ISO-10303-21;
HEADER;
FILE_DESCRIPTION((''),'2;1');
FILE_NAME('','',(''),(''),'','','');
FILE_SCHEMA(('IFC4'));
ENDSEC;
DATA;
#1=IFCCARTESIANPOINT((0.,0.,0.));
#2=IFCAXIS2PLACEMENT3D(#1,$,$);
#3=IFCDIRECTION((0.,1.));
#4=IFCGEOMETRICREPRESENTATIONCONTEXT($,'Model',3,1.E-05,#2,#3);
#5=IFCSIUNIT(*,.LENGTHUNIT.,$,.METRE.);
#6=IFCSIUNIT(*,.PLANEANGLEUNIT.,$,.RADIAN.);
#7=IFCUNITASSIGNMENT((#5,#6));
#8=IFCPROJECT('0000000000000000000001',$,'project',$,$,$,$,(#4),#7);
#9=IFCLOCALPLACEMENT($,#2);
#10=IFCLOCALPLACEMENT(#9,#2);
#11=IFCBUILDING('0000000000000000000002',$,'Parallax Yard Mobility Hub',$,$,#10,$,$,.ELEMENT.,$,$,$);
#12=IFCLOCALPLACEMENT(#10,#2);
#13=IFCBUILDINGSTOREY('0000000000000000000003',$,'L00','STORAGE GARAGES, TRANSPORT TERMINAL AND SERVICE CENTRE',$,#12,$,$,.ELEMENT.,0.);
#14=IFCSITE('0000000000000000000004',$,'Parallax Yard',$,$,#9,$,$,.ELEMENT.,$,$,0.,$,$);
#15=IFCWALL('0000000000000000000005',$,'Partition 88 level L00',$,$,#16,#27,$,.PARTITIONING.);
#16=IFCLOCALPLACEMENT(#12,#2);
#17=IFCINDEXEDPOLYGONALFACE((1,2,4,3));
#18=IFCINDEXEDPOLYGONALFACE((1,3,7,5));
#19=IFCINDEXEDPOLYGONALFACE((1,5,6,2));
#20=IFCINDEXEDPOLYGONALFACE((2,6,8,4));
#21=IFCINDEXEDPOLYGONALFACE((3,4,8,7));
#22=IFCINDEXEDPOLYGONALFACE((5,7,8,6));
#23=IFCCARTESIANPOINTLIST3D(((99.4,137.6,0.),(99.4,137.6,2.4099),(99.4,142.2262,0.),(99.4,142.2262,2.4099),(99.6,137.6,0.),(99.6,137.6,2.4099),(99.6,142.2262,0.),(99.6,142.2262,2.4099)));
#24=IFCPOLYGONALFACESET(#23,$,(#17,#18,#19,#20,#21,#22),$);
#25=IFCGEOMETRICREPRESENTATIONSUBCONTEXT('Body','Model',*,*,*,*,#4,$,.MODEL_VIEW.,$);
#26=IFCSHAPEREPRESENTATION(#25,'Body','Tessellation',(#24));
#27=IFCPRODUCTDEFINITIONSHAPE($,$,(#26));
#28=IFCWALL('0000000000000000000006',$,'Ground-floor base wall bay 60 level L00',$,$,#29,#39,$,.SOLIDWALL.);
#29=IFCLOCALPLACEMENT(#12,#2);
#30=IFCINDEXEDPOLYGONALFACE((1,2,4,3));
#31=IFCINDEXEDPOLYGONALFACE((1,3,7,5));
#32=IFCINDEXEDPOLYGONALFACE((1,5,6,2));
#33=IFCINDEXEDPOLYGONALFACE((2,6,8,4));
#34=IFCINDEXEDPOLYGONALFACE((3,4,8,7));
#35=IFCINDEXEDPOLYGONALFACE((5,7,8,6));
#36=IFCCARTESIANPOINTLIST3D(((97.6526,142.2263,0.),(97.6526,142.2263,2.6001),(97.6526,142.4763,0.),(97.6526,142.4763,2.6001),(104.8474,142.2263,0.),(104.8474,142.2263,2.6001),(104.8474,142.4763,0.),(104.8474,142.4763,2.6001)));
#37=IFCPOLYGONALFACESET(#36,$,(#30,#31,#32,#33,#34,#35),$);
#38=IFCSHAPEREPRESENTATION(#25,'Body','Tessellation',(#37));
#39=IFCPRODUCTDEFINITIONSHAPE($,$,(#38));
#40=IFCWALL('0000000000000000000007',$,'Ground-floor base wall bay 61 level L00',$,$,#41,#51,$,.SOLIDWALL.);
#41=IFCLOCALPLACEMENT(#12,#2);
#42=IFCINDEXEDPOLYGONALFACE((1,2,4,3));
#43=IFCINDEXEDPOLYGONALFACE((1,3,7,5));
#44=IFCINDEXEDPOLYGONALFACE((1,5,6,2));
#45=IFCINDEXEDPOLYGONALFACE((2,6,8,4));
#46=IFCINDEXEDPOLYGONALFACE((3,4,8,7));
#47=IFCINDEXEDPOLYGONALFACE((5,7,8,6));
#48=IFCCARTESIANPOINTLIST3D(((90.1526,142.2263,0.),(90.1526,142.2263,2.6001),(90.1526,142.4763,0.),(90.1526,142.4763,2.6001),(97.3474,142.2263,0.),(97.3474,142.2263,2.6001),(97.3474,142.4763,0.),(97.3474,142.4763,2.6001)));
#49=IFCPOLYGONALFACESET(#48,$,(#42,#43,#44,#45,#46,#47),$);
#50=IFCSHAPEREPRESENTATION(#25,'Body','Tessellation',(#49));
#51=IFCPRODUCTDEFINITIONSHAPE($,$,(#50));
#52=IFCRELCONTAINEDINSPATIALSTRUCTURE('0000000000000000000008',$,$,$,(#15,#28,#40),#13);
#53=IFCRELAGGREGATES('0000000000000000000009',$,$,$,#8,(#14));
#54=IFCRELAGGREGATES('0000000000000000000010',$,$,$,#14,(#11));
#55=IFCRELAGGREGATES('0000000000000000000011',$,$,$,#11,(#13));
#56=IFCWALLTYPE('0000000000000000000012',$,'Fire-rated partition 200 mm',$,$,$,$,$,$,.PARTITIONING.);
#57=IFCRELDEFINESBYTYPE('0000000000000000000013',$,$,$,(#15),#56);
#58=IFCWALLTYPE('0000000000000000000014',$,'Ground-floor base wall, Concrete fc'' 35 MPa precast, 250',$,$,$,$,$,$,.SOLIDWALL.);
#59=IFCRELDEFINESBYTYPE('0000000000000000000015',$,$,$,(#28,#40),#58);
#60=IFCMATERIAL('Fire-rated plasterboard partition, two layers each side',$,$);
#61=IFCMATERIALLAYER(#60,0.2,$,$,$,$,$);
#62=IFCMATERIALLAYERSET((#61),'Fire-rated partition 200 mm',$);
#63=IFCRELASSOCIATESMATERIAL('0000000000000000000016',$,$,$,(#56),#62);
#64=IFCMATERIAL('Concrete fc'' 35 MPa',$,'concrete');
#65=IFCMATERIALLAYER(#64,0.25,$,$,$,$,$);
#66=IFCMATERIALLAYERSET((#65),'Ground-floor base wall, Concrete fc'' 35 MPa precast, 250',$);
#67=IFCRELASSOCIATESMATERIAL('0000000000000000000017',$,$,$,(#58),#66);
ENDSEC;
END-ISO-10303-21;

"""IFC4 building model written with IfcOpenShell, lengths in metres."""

from ifc_helpers import new_model, si_unit, direction, frame, frame_2d, origin, place, context, subcontext, project, spatial, rectangle, extrude, material, layer, layer_set, type_object, element, save


model = new_model("IFC4")

# Units and contexts
model_context = context("Model", 3, precision=1e-05, world=origin(), true_north=direction((0.0, 1.0)))
body_context = subcontext(model_context, "Body", "Model", "MODEL_VIEW")
ifc_project = project(units=[si_unit("LENGTHUNIT", "METRE"), si_unit("PLANEANGLEUNIT", "RADIAN")], contexts=[model_context])

# Site, building, storey
site_placement = place(None, origin())
site = spatial("IfcSite", under=ifc_project, at=site_placement, Name="Parallax Yard", CompositionType="ELEMENT", RefElevation=0.0)
building_placement = place(site_placement, origin())
building = spatial("IfcBuilding", under=site, at=building_placement, Name="Parallax Yard Mobility Hub", CompositionType="ELEMENT")
storey_placement = place(building_placement, origin())
storey = spatial("IfcBuildingStorey", under=building, at=storey_placement, Name="L00", Description="STORAGE GARAGES, TRANSPORT TERMINAL AND SERVICE CENTRE", CompositionType="ELEMENT", Elevation=0.0)

# Walls
ifc_material_1 = material(Name="Fire-rated plasterboard partition, two layers each side")
ifc_layer_1 = layer(ifc_material_1, 0.2)
ifc_layer_set_1 = layer_set([ifc_layer_1], Name="Fire-rated partition 200 mm")
wall_type_1 = type_object("IfcWallType", Name="Fire-rated partition 200 mm", PredefinedType="PARTITIONING", material=ifc_layer_set_1)
wall_placement = place(storey_placement, frame((99.5, 137.6001, 0.0), z_axis=(0.0, 0.0, 1.0), x_axis=(0.0, 1.0, 0.0)))
element("IfcWall", 1, at=wall_placement, inside=storey, type_object=wall_type_1, Name="Partition 88 level L00", PredefinedType="PARTITIONING", context=body_context, shape_type="SweptSolid", body=[
    extrude(rectangle(XDim=4.6262, YDim=0.2, at=frame_2d((2.313, 0.0))), origin(), (0.0, 0.0, 1.0), 2.4099),
])
ifc_material_2 = material(Name="Concrete fc' 35 MPa", Category="concrete")
ifc_layer_2 = layer(ifc_material_2, 0.25)
ifc_layer_set_2 = layer_set([ifc_layer_2], Name="Ground-floor base wall, Concrete fc' 35 MPa precast, 250")
wall_type_2 = type_object("IfcWallType", Name="Ground-floor base wall, Concrete fc' 35 MPa precast, 250", PredefinedType="SOLIDWALL", material=ifc_layer_set_2)
for number, where, z_axis, x_axis, name in (
    (2, (104.8474, 142.3513, 0.0), (0.0, 0.0, 1.0), (-1.0, 0.0, 0.0), "Ground-floor base wall bay 60 level L00"),
    (3, (97.3474, 142.3513, 0.0), (0.0, 0.0, 1.0), (-1.0, 0.0, 0.0), "Ground-floor base wall bay 61 level L00"),
):
    element("IfcWall", number, at=place(storey_placement, frame(where, z_axis=z_axis, x_axis=x_axis)), inside=storey, type_object=wall_type_2, Name=name, PredefinedType="SOLIDWALL", context=body_context, shape_type="SweptSolid", body=[
        extrude(rectangle(XDim=7.1948, YDim=0.25, at=frame_2d((3.5974, 0.0))), origin(), (0.0, 0.0, 1.0), 2.6001),
    ])

save(model, "model.ifc")
